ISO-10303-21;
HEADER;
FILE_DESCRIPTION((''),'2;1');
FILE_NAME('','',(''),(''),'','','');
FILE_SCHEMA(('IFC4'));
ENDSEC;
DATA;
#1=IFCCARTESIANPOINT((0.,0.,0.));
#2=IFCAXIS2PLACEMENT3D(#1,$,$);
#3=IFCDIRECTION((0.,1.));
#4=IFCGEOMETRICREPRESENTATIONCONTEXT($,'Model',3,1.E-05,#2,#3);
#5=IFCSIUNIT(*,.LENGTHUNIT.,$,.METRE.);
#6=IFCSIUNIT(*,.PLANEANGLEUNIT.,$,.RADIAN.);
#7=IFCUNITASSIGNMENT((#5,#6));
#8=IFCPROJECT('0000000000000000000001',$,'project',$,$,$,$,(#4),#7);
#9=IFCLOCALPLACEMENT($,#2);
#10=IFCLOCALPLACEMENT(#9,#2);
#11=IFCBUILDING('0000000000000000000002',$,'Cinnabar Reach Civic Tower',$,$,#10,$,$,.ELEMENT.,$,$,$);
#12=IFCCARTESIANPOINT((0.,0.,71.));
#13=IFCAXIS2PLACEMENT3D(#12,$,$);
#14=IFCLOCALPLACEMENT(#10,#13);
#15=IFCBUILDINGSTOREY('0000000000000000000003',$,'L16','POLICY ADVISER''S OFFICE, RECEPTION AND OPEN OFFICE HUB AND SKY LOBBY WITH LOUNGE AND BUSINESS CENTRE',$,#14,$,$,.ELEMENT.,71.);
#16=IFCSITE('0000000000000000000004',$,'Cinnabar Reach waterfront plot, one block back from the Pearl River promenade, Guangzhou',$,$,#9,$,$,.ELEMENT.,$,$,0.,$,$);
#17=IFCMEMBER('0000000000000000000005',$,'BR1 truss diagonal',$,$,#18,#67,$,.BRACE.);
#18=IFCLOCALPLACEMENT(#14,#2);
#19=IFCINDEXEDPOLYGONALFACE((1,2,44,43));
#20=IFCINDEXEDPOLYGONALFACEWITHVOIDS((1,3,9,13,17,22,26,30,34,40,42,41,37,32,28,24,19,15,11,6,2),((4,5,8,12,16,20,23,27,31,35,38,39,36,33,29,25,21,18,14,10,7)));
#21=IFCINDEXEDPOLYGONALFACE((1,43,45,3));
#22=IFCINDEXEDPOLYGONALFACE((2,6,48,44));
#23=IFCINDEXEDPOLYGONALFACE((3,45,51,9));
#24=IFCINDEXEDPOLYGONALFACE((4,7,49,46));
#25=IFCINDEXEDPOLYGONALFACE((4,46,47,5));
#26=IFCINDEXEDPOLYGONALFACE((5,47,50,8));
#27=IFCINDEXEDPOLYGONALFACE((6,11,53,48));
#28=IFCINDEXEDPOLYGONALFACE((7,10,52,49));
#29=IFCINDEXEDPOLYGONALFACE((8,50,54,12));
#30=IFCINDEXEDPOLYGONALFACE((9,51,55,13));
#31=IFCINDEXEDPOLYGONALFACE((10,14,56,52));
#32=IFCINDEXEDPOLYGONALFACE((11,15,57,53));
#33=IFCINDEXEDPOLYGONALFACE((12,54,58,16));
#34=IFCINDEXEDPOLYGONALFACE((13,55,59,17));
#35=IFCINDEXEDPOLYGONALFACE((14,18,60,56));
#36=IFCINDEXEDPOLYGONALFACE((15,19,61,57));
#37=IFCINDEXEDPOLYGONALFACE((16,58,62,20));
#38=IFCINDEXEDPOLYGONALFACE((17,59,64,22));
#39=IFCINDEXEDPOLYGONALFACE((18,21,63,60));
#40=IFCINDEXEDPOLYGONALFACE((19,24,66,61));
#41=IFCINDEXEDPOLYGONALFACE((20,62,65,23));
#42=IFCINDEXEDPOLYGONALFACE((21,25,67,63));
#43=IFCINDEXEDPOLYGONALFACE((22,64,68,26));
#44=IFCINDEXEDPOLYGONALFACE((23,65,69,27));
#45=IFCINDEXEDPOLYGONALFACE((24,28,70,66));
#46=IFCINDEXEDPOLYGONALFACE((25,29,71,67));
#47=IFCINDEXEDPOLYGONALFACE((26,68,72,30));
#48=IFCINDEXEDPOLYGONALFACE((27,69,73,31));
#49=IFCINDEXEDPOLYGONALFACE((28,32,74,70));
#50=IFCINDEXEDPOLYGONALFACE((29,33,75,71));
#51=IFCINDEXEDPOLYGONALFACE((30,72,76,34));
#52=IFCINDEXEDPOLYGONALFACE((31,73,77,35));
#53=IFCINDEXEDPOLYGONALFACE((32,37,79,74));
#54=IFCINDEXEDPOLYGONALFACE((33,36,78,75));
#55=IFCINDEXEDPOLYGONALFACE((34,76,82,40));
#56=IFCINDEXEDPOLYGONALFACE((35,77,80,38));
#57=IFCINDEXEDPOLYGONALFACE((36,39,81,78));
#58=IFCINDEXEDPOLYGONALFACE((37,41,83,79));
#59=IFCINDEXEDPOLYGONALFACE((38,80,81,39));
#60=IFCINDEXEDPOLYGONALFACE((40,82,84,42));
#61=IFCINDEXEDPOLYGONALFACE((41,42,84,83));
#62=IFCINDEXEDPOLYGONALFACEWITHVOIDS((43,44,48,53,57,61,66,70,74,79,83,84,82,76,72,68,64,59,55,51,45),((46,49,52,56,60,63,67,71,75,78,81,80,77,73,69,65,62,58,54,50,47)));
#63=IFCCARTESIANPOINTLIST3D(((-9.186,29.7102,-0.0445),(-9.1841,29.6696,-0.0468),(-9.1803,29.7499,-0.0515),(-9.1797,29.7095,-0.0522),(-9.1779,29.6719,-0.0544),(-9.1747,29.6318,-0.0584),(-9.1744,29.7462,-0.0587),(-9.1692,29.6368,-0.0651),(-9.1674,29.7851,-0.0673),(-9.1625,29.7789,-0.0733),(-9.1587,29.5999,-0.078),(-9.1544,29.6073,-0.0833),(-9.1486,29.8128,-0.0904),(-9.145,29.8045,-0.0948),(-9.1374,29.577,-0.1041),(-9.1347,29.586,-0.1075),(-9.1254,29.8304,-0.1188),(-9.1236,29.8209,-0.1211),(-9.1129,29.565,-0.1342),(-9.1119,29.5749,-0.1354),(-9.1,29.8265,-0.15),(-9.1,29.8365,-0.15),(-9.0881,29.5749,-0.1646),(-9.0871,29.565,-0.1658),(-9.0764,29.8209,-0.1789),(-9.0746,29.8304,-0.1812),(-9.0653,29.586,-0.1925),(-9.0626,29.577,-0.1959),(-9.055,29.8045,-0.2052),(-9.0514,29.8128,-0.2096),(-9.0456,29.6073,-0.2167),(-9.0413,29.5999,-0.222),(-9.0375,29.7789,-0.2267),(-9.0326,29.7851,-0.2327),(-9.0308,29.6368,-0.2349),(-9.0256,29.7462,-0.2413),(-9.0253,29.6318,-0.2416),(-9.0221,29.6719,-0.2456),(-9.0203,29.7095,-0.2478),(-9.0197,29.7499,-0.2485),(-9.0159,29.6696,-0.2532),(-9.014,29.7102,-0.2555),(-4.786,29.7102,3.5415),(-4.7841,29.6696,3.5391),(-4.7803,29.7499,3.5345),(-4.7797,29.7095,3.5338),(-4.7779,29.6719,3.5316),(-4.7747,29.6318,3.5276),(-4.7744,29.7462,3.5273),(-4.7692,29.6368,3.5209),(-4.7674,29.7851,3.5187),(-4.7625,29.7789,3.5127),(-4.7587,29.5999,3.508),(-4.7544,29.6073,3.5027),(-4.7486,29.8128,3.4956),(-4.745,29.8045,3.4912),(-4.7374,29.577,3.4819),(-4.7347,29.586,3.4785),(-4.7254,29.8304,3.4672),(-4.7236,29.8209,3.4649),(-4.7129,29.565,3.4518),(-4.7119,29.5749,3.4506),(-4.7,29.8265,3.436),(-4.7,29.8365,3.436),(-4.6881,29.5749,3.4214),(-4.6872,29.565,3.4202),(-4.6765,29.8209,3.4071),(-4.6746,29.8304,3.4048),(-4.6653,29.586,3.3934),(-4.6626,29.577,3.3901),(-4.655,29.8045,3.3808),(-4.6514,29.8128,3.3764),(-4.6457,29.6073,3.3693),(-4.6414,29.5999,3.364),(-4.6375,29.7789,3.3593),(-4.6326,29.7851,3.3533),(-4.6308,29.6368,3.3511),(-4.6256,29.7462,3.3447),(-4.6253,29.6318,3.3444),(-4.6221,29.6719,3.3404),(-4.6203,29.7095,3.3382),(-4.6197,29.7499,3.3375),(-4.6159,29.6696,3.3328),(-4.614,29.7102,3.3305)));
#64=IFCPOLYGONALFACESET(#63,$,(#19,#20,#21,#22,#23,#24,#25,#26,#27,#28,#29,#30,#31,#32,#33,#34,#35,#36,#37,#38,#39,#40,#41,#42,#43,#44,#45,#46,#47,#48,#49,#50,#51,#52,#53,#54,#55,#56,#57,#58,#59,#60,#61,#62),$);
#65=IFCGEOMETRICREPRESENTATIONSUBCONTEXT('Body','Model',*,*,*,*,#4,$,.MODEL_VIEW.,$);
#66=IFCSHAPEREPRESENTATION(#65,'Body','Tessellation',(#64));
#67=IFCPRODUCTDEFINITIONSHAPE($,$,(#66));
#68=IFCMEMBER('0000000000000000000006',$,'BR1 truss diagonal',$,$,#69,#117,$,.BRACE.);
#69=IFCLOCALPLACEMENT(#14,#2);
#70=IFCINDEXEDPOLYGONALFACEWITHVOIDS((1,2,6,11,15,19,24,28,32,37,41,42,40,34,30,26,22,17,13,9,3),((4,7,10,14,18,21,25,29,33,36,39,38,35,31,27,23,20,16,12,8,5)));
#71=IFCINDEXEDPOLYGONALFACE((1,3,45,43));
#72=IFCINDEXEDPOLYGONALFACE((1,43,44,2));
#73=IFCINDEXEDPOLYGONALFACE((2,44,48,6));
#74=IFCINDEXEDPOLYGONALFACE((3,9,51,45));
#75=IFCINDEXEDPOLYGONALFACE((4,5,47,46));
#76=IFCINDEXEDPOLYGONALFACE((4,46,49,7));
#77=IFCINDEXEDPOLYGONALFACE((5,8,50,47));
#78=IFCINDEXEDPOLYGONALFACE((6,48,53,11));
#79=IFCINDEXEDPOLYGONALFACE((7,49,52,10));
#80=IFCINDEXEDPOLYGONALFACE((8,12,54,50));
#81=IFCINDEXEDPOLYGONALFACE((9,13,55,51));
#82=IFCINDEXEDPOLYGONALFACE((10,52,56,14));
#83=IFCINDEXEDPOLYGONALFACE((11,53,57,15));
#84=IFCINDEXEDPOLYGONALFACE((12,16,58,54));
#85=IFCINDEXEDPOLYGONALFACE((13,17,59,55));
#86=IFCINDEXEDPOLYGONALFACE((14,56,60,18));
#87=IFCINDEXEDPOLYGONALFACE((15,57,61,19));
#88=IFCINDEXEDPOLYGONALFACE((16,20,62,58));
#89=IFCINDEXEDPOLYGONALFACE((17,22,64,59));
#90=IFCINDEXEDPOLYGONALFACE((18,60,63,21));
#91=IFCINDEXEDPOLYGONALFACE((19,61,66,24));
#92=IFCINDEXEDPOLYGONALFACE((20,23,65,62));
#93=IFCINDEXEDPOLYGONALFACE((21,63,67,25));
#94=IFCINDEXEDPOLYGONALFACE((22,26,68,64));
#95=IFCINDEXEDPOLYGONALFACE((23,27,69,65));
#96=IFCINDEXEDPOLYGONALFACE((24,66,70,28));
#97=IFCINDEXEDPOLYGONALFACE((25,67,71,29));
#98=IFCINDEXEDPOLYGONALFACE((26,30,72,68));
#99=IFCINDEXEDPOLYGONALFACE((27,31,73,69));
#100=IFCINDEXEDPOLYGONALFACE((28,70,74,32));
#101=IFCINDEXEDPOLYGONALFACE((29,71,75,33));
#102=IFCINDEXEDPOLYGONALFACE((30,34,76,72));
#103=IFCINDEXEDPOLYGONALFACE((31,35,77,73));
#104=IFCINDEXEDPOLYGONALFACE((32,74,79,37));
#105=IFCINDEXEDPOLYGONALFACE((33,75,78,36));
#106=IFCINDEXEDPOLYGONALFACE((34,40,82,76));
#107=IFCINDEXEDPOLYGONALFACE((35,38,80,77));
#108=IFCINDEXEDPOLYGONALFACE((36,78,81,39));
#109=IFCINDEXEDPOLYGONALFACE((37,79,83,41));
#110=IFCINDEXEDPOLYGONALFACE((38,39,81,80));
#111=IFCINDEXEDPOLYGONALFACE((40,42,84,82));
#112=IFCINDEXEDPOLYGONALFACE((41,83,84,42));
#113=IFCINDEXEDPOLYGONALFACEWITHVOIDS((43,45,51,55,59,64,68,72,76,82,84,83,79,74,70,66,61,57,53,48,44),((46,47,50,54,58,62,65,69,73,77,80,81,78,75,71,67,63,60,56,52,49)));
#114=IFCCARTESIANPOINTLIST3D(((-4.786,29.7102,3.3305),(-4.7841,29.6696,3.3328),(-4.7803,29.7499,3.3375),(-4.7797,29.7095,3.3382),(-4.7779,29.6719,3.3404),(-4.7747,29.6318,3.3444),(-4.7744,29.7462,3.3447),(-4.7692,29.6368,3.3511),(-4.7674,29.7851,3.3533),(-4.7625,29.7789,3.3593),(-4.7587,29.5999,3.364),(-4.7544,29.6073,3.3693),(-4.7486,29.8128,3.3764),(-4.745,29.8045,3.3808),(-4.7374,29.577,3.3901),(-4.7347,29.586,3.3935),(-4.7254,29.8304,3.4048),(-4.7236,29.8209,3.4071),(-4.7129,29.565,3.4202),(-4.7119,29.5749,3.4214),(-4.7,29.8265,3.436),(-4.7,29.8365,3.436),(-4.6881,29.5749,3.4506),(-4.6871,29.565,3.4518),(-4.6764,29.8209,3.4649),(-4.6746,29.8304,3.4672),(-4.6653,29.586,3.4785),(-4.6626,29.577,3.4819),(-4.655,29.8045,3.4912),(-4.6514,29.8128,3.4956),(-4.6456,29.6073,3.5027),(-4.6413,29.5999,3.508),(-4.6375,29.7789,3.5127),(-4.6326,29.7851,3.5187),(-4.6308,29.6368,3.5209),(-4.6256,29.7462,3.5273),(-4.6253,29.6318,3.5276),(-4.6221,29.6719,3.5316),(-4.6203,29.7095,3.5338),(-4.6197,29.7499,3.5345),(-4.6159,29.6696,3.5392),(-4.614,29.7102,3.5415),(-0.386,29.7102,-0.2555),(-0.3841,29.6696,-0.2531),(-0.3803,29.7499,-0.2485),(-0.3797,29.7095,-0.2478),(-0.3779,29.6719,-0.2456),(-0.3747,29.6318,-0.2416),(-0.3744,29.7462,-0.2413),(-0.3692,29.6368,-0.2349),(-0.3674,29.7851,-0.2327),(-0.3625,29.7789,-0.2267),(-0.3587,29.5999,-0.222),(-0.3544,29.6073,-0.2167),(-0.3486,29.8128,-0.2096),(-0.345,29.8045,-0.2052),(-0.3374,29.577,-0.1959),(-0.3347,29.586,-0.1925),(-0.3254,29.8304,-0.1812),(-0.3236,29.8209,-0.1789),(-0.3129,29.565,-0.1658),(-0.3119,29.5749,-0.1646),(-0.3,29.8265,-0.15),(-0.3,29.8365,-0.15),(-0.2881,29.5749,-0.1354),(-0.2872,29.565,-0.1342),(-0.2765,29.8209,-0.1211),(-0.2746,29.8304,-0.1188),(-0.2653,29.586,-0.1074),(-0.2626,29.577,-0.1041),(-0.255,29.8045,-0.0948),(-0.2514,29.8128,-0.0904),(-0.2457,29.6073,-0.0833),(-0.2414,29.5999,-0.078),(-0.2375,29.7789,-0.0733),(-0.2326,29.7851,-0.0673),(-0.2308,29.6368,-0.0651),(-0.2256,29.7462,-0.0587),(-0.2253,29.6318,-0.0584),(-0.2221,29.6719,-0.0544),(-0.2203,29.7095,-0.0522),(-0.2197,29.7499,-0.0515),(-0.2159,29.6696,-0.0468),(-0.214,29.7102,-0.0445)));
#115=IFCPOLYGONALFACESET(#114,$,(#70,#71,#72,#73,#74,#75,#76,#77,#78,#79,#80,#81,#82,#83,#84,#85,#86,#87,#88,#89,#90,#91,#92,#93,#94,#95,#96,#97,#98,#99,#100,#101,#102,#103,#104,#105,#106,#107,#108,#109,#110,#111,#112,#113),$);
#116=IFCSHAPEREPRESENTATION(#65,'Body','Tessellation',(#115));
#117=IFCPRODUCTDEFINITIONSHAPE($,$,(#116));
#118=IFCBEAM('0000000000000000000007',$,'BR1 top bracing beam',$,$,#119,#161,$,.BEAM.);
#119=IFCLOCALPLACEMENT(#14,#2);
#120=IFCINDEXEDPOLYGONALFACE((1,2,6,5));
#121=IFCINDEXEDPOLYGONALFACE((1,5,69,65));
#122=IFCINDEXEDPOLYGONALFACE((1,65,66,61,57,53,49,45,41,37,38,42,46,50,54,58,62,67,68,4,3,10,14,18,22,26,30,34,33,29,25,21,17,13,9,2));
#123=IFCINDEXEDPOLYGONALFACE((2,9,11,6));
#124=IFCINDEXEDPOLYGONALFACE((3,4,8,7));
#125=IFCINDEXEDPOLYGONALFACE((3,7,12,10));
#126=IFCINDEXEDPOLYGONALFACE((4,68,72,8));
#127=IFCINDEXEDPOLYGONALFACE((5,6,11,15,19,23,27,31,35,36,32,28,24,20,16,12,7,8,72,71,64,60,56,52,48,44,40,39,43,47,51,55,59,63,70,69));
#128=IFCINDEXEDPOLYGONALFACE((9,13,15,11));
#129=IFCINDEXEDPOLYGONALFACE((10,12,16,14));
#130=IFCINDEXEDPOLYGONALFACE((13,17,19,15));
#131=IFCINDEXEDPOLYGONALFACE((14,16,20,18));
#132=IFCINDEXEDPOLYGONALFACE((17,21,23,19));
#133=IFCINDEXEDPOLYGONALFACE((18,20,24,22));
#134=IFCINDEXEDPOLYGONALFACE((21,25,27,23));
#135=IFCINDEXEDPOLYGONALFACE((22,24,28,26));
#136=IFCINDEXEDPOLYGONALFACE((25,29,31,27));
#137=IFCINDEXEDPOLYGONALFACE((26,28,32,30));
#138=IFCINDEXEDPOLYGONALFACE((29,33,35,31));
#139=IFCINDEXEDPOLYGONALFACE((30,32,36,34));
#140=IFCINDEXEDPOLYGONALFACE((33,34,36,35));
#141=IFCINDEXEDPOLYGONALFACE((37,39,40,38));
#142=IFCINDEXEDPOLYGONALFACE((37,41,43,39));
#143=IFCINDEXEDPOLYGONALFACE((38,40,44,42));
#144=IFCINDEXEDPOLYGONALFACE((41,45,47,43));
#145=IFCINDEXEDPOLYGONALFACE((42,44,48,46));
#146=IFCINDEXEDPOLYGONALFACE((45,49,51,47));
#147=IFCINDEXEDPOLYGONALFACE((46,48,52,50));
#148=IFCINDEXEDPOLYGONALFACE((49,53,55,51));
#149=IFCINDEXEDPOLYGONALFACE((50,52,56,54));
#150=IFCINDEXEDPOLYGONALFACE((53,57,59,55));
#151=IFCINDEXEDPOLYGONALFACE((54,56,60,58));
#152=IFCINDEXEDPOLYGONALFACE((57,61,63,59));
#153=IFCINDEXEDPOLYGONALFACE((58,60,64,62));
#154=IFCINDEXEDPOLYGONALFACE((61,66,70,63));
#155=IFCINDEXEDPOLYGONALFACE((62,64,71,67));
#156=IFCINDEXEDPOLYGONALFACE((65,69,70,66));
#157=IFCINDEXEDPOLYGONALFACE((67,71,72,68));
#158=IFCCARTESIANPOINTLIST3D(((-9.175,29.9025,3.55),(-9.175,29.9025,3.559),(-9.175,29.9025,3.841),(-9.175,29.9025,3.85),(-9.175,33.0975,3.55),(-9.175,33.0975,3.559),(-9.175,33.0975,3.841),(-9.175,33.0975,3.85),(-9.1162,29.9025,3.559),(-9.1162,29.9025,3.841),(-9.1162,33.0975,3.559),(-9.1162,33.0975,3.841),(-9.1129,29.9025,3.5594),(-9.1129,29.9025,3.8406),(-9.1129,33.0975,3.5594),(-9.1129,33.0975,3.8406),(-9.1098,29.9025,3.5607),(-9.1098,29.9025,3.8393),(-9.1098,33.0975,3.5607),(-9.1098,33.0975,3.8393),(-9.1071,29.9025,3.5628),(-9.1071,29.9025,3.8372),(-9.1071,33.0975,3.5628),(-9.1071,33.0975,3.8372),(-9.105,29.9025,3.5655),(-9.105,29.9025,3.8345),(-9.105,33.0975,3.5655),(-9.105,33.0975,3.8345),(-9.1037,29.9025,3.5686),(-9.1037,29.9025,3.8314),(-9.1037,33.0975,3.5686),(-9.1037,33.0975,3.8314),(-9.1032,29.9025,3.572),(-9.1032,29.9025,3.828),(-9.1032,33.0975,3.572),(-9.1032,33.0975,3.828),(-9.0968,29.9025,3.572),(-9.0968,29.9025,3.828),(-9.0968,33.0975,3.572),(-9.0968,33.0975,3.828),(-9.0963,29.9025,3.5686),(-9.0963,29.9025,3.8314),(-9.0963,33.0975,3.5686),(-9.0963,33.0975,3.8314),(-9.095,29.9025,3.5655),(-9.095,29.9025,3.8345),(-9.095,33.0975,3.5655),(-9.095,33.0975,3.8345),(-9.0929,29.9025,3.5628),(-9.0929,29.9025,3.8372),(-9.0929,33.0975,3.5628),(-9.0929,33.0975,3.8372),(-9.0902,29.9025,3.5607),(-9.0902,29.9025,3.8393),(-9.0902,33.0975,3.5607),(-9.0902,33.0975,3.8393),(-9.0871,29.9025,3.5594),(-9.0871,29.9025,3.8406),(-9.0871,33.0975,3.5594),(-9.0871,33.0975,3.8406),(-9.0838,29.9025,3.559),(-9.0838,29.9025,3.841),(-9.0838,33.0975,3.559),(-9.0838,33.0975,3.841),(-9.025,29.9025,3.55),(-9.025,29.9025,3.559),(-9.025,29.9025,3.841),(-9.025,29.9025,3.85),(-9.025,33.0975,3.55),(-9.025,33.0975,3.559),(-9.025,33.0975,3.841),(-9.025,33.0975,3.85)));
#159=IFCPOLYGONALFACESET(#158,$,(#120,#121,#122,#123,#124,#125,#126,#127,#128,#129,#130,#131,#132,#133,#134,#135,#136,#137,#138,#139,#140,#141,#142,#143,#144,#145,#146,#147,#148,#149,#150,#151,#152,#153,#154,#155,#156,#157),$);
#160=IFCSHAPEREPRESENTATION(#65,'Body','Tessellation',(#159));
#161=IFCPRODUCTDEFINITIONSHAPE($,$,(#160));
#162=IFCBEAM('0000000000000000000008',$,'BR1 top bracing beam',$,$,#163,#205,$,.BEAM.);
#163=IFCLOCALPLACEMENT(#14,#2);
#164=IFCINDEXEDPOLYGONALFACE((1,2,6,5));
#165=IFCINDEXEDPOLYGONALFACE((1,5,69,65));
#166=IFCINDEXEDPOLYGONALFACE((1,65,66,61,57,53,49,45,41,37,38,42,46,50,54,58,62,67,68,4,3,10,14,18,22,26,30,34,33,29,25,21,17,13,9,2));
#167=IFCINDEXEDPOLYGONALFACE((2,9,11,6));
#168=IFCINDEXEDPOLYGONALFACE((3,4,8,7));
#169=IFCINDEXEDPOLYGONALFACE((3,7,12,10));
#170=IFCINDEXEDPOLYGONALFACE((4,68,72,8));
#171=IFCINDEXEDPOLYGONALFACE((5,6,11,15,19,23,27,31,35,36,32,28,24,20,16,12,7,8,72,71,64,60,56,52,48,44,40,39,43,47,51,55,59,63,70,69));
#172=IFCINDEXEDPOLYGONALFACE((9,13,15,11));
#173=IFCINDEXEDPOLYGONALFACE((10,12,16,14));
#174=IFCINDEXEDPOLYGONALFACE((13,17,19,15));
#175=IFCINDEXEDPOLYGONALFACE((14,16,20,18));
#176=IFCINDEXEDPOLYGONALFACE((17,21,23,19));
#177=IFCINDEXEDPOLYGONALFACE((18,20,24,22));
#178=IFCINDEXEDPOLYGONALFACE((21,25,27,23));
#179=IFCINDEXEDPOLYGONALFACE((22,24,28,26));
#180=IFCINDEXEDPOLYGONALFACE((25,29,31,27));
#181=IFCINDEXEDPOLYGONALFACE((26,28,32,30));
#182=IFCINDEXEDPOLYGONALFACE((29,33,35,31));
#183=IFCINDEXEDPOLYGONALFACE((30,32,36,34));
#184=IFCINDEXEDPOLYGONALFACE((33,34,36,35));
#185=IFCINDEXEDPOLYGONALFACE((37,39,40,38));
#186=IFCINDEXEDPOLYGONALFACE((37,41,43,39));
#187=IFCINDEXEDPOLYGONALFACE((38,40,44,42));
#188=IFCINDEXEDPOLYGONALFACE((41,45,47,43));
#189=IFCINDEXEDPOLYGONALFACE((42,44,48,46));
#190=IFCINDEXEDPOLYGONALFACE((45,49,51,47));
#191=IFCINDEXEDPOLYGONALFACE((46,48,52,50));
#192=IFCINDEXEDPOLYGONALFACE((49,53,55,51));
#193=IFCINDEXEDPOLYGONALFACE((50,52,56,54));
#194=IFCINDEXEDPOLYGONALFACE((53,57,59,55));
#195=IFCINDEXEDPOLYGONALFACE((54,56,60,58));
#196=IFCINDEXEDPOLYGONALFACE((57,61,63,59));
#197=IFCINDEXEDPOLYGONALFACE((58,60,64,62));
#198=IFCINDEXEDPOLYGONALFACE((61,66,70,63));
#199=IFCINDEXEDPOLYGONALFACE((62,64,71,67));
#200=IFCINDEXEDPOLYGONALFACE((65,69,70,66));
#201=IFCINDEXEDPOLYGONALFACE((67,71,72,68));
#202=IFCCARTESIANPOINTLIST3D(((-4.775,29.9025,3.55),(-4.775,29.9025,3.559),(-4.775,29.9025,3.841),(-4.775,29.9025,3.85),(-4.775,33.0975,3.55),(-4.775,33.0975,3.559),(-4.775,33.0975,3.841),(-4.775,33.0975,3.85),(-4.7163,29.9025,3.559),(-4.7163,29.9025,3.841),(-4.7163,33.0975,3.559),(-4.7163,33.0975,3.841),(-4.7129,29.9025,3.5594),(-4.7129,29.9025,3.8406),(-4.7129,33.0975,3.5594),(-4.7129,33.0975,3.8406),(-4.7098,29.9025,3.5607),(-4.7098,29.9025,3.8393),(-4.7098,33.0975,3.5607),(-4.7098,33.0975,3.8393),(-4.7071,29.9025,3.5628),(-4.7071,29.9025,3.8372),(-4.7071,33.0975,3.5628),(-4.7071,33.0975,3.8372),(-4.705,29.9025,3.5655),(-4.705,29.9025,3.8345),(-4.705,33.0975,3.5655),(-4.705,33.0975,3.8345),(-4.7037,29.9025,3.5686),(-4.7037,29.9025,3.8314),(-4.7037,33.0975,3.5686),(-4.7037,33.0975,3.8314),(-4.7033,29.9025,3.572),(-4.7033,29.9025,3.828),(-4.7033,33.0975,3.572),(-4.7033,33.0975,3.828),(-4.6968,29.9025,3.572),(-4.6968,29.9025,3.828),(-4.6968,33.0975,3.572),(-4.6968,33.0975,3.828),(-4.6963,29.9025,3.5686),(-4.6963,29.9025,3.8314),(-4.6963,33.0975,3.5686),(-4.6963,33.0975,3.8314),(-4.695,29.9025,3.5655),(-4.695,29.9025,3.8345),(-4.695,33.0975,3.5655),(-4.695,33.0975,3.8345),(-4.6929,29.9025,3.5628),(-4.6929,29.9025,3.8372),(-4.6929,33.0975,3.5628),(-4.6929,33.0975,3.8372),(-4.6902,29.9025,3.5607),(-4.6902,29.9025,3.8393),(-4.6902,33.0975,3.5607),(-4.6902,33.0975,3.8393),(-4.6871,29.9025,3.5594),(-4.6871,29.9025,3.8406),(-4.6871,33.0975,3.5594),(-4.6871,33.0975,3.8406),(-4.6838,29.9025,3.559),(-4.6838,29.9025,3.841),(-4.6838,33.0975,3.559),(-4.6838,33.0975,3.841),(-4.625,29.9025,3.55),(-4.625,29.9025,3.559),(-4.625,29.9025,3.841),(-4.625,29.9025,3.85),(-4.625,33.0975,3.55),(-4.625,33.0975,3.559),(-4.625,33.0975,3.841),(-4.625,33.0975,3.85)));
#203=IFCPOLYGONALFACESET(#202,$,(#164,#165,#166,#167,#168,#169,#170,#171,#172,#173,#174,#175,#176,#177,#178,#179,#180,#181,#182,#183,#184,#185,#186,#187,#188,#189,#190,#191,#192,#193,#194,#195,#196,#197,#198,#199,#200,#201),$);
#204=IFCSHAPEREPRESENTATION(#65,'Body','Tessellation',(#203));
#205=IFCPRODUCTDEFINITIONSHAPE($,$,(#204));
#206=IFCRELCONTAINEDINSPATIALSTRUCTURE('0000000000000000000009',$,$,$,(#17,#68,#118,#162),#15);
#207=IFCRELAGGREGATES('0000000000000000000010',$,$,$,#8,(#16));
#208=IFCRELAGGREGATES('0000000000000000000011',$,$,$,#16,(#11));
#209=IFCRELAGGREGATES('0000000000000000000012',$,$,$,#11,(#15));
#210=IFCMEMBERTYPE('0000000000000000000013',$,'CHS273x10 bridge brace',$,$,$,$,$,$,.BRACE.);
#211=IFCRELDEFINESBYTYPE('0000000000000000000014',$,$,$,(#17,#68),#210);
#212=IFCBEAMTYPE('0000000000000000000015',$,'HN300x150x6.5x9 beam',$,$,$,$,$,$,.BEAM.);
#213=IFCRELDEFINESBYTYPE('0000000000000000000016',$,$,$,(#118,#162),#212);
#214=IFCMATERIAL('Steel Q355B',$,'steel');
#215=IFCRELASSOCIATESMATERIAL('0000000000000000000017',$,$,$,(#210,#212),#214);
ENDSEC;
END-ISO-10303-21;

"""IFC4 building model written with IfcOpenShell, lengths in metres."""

from ifc_helpers import new_model, si_unit, direction, frame, origin, origin_2d, place, context, subcontext, project, spatial, hollow_circle, i_section, extrude, material, material_profile, profile_set, type_object, element, save


model = new_model("IFC4")

# Units and contexts
model_context = context("Model", 3, precision=1e-05, world=origin(), true_north=direction((0.0, 1.0)))
body_context = subcontext(model_context, "Body", "Model", "MODEL_VIEW")
ifc_project = project(units=[si_unit("LENGTHUNIT", "METRE"), si_unit("PLANEANGLEUNIT", "RADIAN")], contexts=[model_context])

# Site, building, storey
site_placement = place(None, origin())
site = spatial("IfcSite", under=ifc_project, at=site_placement, Name="Cinnabar Reach waterfront plot, one block back from the Pearl River promenade, Guangzhou", CompositionType="ELEMENT", RefElevation=0.0)
building_placement = place(site_placement, origin())
building = spatial("IfcBuilding", under=site, at=building_placement, Name="Cinnabar Reach Civic Tower", CompositionType="ELEMENT")
storey_placement = place(building_placement, frame((0.0, 0.0, 71.0)))
storey = spatial("IfcBuildingStorey", under=building, at=storey_placement, Name="L16", Description="POLICY ADVISER'S OFFICE, RECEPTION AND OPEN OFFICE HUB AND SKY LOBBY WITH LOUNGE AND BUSINESS CENTRE", CompositionType="ELEMENT", Elevation=71.0)

# Members
ifc_material_1 = material(Name="Steel Q355B", Category="steel")
ifc_material_profile_1 = material_profile(ifc_material_1, hollow_circle(Radius=0.1365, WallThickness=0.01, at=origin_2d()), Name="CHS273x10")
ifc_profile_set_1 = profile_set([ifc_material_profile_1], Name="Steel Q355B")
member_type_1 = type_object("IfcMemberType", Name="CHS273x10 bridge brace", PredefinedType="BRACE", material=ifc_profile_set_1)
for number, where, z_axis, x_axis, name in (
    (1, (-9.1, 29.7, -0.15), (0.775165, 0.0, 0.631759), (0.0, 1.0, 0.0), "BR1 truss diagonal"),
    (2, (-4.7, 29.7, 3.436), (0.775165, 0.0, -0.631759), (0.0, 1.0, 0.0), "BR1 truss diagonal"),
):
    element("IfcMember", number, at=place(storey_placement, frame(where, z_axis=z_axis, x_axis=x_axis)), inside=storey, type_object=member_type_1, Name=name, PredefinedType="BRACE", context=body_context, shape_type="SweptSolid", body=[
        extrude(hollow_circle(Radius=0.1365, WallThickness=0.01, at=origin_2d()), origin(), (0.0, 0.0, 1.0), 5.6762),
    ])

# Beams
ifc_material_profile_2 = material_profile(ifc_material_1, i_section(OverallWidth=0.15, OverallDepth=0.3, WebThickness=0.0065, FlangeThickness=0.009, FilletRadius=0.013, at=origin_2d()), Name="HN300x150x6.5x9")
ifc_profile_set_2 = profile_set([ifc_material_profile_2], Name="Steel Q355B")
beam_type_1 = type_object("IfcBeamType", Name="HN300x150x6.5x9 beam", PredefinedType="BEAM", material=ifc_profile_set_2)
for number, where, z_axis, x_axis, name in (
    (3, (-9.1, 29.9025, 3.7), (0.0, 1.0, 0.0), (-1.0, 0.0, 0.0), "BR1 top bracing beam"),
    (4, (-4.7, 29.9025, 3.7), (0.0, 1.0, 0.0), (-1.0, 0.0, 0.0), "BR1 top bracing beam"),
):
    element("IfcBeam", number, at=place(storey_placement, frame(where, z_axis=z_axis, x_axis=x_axis)), inside=storey, type_object=beam_type_1, Name=name, PredefinedType="BEAM", context=body_context, shape_type="SweptSolid", body=[
        extrude(i_section(OverallWidth=0.15, OverallDepth=0.3, WebThickness=0.0065, FlangeThickness=0.009, FilletRadius=0.013, at=origin_2d()), origin(), (0.0, 0.0, 1.0), 3.195),
    ])

save(model, "model.ifc")
